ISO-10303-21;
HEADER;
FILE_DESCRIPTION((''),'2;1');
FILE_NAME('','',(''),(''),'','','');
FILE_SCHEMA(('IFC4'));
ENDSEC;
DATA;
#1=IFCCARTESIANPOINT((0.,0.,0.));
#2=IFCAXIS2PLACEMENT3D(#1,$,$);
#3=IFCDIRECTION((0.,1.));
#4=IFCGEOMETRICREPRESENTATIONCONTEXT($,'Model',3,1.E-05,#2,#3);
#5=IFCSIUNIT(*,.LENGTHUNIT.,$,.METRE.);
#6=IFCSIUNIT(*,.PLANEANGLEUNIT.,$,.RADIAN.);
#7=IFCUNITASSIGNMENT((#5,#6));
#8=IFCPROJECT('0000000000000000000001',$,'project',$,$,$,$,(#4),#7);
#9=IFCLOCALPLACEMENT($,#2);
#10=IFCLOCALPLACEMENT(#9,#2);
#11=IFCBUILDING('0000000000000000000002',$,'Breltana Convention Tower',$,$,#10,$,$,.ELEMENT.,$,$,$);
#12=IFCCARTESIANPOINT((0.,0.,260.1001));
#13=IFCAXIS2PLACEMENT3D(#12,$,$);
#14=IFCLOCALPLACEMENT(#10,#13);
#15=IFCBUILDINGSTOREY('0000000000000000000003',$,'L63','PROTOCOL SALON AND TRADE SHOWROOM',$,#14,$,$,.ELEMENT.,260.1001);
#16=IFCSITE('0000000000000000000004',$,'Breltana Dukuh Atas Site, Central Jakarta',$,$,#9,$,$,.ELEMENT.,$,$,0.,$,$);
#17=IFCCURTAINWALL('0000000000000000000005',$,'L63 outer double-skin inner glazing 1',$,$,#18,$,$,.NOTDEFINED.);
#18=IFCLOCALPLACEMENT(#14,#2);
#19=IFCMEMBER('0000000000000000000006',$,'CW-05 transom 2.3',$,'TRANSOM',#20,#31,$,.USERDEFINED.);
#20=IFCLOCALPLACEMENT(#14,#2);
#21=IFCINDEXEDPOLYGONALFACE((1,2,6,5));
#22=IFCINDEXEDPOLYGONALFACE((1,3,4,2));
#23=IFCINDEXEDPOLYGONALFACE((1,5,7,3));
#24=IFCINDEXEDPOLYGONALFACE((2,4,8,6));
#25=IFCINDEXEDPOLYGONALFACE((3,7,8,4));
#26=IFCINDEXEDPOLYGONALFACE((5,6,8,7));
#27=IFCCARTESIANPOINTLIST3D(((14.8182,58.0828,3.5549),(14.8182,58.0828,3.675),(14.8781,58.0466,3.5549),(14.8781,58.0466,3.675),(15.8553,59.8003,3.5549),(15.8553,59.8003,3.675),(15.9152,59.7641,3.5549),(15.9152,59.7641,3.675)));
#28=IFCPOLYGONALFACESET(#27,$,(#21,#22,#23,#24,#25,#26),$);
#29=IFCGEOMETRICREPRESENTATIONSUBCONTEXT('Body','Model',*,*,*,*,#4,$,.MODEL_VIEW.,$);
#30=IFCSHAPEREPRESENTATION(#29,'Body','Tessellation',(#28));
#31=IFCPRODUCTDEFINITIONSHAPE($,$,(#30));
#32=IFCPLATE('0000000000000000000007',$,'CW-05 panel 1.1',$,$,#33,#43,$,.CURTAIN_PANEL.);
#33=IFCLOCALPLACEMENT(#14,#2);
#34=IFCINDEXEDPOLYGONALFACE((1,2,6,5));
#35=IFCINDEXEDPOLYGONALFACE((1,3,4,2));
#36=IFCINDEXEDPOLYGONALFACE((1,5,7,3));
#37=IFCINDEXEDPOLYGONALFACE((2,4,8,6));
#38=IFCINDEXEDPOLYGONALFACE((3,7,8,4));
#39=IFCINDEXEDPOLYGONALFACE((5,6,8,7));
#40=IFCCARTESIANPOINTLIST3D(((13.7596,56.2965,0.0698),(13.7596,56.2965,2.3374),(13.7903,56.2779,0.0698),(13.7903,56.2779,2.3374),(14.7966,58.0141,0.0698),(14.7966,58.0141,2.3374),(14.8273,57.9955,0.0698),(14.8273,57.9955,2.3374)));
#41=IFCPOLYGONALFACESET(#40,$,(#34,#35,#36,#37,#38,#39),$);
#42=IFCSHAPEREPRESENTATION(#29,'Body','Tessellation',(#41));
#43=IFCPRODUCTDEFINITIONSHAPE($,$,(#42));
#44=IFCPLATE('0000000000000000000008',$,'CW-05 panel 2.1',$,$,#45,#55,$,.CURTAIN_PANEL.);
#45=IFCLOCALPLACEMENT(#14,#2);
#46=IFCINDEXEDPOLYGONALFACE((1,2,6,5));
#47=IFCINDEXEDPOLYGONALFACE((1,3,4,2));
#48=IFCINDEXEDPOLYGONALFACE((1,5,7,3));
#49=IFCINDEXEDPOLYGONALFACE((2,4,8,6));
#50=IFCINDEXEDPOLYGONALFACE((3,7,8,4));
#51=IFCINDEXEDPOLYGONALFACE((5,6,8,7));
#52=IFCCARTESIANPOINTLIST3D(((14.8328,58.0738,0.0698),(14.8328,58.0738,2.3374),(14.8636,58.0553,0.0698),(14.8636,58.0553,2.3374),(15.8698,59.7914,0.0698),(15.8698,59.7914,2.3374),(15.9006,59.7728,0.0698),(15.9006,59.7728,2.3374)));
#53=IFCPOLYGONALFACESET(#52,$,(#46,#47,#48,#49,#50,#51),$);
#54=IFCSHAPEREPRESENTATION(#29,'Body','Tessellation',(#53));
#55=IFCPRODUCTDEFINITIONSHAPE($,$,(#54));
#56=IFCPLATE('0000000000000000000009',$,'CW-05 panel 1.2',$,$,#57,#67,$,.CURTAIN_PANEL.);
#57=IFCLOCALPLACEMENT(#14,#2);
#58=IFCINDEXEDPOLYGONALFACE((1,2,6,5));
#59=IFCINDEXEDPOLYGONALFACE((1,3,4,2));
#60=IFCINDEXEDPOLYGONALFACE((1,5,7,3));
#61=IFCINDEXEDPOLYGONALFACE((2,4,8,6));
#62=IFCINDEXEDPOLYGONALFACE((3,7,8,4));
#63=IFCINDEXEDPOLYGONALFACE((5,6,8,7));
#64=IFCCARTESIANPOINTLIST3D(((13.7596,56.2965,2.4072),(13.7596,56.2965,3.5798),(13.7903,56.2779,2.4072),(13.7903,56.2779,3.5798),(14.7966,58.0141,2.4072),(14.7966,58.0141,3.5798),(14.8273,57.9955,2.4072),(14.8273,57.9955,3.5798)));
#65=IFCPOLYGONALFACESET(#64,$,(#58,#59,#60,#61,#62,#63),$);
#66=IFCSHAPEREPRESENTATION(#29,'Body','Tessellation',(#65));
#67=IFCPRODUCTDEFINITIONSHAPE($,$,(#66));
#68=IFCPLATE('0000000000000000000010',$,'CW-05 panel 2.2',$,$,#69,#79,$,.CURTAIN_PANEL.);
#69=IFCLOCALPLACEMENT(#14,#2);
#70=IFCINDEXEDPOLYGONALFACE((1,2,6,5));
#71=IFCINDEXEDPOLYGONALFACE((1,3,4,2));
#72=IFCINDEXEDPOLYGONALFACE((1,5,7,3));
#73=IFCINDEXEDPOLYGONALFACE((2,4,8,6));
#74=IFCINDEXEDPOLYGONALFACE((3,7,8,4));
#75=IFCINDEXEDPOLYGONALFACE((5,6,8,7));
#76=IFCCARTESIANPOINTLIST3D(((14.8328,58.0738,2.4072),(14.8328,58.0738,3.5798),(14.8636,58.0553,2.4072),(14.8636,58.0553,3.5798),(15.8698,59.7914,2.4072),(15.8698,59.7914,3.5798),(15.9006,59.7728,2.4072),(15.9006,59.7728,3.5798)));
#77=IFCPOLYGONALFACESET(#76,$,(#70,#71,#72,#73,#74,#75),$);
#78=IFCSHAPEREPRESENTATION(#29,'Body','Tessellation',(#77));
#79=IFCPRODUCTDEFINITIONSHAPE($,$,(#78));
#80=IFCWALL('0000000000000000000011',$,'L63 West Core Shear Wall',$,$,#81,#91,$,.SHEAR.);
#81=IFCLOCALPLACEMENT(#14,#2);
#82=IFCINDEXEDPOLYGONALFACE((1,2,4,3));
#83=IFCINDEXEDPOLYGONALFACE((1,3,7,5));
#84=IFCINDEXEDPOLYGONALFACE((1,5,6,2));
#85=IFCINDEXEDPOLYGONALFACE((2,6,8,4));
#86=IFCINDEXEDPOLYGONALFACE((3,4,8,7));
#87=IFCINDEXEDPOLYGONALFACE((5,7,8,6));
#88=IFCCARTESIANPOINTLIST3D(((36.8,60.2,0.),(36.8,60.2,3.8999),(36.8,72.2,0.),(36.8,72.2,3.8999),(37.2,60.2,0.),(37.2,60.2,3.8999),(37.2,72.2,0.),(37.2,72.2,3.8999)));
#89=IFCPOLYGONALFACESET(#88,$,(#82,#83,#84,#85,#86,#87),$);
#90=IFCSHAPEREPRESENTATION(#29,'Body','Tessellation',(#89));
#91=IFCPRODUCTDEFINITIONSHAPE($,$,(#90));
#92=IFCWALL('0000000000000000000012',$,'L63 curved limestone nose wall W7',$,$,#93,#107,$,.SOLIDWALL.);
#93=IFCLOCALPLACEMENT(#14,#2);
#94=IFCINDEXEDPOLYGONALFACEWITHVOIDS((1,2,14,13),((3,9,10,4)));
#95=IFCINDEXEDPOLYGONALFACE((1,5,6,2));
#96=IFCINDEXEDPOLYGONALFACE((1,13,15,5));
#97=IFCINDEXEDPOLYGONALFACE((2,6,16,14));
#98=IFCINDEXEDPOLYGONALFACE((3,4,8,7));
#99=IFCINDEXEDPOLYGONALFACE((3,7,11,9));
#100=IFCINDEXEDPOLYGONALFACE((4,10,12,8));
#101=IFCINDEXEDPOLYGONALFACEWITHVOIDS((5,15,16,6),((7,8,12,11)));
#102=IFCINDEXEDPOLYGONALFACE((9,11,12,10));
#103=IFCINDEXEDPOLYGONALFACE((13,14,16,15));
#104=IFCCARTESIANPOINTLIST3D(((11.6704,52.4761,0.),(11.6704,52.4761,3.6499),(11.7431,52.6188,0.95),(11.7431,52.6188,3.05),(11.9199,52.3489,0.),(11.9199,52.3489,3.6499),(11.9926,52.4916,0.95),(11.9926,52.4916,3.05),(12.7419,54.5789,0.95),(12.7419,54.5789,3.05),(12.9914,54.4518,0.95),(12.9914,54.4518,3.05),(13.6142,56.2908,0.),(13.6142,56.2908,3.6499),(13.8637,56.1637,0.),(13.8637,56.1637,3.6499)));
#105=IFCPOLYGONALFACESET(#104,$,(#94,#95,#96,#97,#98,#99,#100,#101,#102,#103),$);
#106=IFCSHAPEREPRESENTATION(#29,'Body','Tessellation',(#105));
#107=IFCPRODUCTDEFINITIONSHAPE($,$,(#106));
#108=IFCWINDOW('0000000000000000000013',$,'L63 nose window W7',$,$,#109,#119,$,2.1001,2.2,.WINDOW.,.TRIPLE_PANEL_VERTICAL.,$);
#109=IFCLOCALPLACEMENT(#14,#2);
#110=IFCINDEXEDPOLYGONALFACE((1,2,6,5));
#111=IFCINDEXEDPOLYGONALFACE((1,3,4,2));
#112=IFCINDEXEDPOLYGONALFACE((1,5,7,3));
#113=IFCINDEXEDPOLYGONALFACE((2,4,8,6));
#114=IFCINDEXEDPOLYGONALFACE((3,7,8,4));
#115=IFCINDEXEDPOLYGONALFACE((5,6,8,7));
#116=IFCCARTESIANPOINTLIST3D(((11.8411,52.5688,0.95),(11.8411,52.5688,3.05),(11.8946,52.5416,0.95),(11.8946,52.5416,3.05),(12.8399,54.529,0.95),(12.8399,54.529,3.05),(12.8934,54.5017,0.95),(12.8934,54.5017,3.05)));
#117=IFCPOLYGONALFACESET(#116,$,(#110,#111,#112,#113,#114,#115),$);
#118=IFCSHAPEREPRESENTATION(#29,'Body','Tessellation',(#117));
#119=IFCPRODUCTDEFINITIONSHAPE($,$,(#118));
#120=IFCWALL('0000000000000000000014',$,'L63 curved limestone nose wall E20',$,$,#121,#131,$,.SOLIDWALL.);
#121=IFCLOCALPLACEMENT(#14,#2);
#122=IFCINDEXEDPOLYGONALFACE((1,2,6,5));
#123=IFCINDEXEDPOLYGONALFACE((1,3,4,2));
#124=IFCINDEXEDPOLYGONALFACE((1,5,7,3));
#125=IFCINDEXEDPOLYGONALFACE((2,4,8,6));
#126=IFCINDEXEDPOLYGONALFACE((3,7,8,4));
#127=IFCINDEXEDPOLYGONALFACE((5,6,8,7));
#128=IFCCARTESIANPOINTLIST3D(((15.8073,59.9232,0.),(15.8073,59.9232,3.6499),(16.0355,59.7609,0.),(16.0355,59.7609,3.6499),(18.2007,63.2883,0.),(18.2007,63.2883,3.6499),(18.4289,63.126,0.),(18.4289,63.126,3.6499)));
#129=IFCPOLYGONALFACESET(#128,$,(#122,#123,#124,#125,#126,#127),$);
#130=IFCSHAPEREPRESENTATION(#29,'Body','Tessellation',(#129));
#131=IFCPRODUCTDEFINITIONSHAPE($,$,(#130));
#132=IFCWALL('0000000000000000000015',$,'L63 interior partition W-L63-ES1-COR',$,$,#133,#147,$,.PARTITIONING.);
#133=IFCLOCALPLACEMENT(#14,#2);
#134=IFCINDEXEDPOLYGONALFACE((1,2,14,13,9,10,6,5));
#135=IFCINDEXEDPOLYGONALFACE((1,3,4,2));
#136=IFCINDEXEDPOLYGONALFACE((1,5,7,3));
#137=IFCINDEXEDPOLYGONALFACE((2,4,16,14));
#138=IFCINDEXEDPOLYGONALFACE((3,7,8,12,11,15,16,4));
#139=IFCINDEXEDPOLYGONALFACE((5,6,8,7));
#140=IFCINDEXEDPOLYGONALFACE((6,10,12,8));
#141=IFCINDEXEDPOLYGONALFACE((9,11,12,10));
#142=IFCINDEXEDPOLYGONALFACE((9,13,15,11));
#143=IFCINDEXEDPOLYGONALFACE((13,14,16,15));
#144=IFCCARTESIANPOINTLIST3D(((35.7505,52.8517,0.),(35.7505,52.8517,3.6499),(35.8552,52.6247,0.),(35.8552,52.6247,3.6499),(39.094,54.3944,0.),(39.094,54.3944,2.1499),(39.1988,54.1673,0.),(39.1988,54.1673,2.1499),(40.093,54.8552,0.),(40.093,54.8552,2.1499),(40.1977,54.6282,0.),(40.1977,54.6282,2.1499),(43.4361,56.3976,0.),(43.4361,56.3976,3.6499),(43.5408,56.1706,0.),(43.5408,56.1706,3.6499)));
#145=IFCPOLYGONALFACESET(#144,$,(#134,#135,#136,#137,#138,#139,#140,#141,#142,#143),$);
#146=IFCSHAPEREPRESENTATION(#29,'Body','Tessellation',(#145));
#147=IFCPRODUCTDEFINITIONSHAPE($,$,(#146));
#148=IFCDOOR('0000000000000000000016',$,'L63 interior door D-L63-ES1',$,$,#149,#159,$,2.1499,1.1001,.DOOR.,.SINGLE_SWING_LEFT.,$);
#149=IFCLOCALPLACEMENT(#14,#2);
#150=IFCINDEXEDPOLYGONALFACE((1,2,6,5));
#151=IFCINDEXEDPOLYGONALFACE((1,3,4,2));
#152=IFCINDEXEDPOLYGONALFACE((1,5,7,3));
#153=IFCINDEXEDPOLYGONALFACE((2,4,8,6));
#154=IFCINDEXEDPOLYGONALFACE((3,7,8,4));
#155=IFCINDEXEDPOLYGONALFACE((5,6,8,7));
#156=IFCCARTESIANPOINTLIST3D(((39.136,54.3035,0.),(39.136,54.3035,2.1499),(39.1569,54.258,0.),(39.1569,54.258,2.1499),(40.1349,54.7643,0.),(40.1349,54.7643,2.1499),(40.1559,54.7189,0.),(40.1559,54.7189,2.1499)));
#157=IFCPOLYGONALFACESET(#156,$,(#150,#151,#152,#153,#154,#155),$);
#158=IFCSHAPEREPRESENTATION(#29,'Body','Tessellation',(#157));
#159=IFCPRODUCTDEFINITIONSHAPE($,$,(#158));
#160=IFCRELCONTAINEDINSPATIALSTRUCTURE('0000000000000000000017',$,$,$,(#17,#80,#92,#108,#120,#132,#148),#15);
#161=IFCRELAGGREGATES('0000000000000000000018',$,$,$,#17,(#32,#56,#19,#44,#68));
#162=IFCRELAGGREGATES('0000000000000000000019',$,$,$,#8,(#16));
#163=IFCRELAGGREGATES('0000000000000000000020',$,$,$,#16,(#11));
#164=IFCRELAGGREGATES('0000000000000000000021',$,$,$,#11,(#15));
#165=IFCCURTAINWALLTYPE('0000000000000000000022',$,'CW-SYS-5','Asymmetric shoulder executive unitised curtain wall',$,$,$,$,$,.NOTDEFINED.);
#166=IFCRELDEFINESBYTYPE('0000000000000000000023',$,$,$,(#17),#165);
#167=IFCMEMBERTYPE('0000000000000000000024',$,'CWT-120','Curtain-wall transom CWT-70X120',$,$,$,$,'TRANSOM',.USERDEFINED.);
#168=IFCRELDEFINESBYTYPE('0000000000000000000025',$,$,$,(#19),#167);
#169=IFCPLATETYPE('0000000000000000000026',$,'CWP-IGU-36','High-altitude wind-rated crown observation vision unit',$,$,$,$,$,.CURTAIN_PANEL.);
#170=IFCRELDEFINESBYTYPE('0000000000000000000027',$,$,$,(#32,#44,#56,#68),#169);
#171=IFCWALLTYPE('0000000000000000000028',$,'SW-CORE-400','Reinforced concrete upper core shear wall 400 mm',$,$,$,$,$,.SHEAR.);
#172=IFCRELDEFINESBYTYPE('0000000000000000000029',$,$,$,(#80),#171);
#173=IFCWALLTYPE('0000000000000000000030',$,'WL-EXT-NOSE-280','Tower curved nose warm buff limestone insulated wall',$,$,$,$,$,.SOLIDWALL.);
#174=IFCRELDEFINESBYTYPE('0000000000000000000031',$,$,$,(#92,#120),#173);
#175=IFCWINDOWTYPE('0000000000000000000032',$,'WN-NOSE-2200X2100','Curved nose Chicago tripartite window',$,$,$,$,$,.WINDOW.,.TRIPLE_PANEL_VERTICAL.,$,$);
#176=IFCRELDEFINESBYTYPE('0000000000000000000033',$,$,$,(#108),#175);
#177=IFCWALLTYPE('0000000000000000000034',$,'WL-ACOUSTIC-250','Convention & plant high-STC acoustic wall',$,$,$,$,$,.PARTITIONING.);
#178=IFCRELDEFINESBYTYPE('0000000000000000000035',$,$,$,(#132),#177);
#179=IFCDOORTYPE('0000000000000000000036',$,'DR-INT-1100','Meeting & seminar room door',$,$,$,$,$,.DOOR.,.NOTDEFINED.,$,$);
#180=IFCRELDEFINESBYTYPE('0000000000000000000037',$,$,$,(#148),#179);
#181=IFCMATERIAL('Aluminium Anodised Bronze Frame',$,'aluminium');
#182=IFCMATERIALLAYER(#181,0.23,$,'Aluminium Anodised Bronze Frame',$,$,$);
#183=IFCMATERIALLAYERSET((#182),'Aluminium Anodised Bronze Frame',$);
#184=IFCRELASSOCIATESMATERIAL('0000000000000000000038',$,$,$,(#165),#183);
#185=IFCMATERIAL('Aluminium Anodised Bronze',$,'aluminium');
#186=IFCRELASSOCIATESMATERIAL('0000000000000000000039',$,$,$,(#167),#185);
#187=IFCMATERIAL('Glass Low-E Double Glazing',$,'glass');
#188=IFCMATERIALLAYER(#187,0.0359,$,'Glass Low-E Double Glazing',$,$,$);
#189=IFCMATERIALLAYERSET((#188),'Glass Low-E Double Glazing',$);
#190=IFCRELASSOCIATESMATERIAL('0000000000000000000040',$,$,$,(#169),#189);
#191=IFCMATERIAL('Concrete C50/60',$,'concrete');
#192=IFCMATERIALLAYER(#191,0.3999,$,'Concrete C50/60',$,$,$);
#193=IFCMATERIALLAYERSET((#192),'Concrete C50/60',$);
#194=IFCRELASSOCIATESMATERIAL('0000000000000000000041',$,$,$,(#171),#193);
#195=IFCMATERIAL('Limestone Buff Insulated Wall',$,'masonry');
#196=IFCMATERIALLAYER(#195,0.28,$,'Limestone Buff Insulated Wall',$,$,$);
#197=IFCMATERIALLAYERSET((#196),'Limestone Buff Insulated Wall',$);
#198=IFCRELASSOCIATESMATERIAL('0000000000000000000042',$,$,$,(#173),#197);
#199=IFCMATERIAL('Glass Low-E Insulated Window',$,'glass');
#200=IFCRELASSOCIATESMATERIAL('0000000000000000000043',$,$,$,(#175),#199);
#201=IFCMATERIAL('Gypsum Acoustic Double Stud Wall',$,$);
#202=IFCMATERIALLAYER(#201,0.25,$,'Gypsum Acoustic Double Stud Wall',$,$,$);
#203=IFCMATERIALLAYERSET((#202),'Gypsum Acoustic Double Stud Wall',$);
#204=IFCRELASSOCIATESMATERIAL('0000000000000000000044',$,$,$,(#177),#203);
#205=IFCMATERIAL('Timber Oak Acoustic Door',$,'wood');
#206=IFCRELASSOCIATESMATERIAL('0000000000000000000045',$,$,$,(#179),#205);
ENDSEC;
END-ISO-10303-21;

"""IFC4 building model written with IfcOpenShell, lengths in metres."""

from ifc_helpers import new_model, si_unit, direction, frame, frame_2d, origin, origin_2d, place, context, subcontext, project, spatial, rectangle, extrude, source, transform, mapped, material, layer, layer_set, material_profile, profile_set, type_object, type_shapes, element, fill, aggregate, save


model = new_model("IFC4")

# Units and contexts
model_context = context("Model", 3, precision=1e-05, world=origin(), true_north=direction((0.0, 1.0)))
body_context = subcontext(model_context, "Body", "Model", "MODEL_VIEW")
ifc_project = project(units=[si_unit("LENGTHUNIT", "METRE"), si_unit("PLANEANGLEUNIT", "RADIAN")], contexts=[model_context])

# Site, building, storey
site_placement = place(None, origin())
site = spatial("IfcSite", under=ifc_project, at=site_placement, Name="Breltana Dukuh Atas Site, Central Jakarta", CompositionType="ELEMENT", RefElevation=0.0)
building_placement = place(site_placement, origin())
building = spatial("IfcBuilding", under=site, at=building_placement, Name="Breltana Convention Tower", CompositionType="ELEMENT")
storey_placement = place(building_placement, frame((0.0, 0.0, 260.1001)))
storey = spatial("IfcBuildingStorey", under=building, at=storey_placement, Name="L63", Description="PROTOCOL SALON AND TRADE SHOWROOM", CompositionType="ELEMENT", Elevation=260.1001)

# Shared definitions
ifc_material_1 = material(Name="Concrete C50/60", Category="concrete")

# Curtain wall, member, plates
ifc_material_2 = material(Name="Aluminium Anodised Bronze Frame", Category="aluminium")
ifc_layer_1 = layer(ifc_material_2, 0.23, Name="Aluminium Anodised Bronze Frame")
ifc_layer_set_1 = layer_set([ifc_layer_1], Name="Aluminium Anodised Bronze Frame")
curtain_wall_type = type_object("IfcCurtainWallType", Name="CW-SYS-5", Description="Asymmetric shoulder executive unitised curtain wall", PredefinedType="NOTDEFINED", material=ifc_layer_set_1)
curtain_wall_placement = place(storey_placement, origin())
curtain_wall = element("IfcCurtainWall", 1, at=curtain_wall_placement, inside=storey, type_object=curtain_wall_type, Name="L63 outer double-skin inner glazing 1", PredefinedType="NOTDEFINED")
ifc_material_3 = material(Name="Aluminium Anodised Bronze", Category="aluminium")
ifc_material_profile_1 = material_profile(ifc_material_3, rectangle(XDim=0.0701, YDim=0.1201, at=origin_2d()), Name="CWT-70X120")
ifc_profile_set_1 = profile_set([ifc_material_profile_1], Name="Aluminium Anodised Bronze")
member_type_1 = type_object("IfcMemberType", Name="CWT-120", Description="Curtain-wall transom CWT-70X120", ElementType="TRANSOM", PredefinedType="USERDEFINED", material=ifc_profile_set_1)
shared_shape_1 = source(origin(), body_context, "Body", "SweptSolid", [
    extrude(rectangle(XDim=0.0701, YDim=0.1201, at=origin_2d()), origin(), (0.0, 0.0, 1.0), 2.0063),
])
member_1_placement = place(storey_placement, frame((14.8481, 58.0647, 3.615), z_axis=(0.516909, 0.85604, 0.0), x_axis=(-0.85604, 0.516909, 0.0)))
member_1 = element("IfcMember", 2, at=member_1_placement, type_object=member_type_1, Name="CW-05 transom 2.3", ObjectType="TRANSOM", PredefinedType="USERDEFINED", context=body_context, shape_type="MappedRepresentation", body=[
    mapped(shared_shape_1, transform((0.0, 0.0, 0.0), scale=1.0)),
])
ifc_material_4 = material(Name="Glass Low-E Double Glazing", Category="glass")
ifc_layer_2 = layer(ifc_material_4, 0.0359, Name="Glass Low-E Double Glazing")
ifc_layer_set_2 = layer_set([ifc_layer_2], Name="Glass Low-E Double Glazing")
plate_type = type_object("IfcPlateType", Name="CWP-IGU-36", Description="High-altitude wind-rated crown observation vision unit", PredefinedType="CURTAIN_PANEL", material=ifc_layer_set_2)
shared_shape_2 = source(origin(), body_context, "Body", "SweptSolid", [
    extrude(rectangle(XDim=2.0063, YDim=0.0359, at=origin_2d()), origin(), (0.0, 0.0, 1.0), 2.2676),
])
plate_1_placement = place(storey_placement, frame((14.2935, 57.146, 0.0698), z_axis=(0.0, 0.0, 1.0), x_axis=(0.516865, 0.856067, 0.0)))
plate_1 = element("IfcPlate", 3, at=plate_1_placement, type_object=plate_type, Name="CW-05 panel 1.1", PredefinedType="CURTAIN_PANEL", context=body_context, shape_type="MappedRepresentation", body=[
    mapped(shared_shape_2, transform((0.0, 0.0, 0.0), scale=1.0)),
])
plate_2_placement = place(storey_placement, frame((15.3667, 58.9233, 0.0698), z_axis=(0.0, 0.0, 1.0), x_axis=(0.516865, 0.856067, 0.0)))
plate_2 = element("IfcPlate", 4, at=plate_2_placement, type_object=plate_type, Name="CW-05 panel 2.1", PredefinedType="CURTAIN_PANEL", context=body_context, shape_type="MappedRepresentation", body=[
    mapped(shared_shape_2, transform((0.0, 0.0, 0.0), scale=1.0)),
])
shared_shape_3 = source(origin(), body_context, "Body", "SweptSolid", [
    extrude(rectangle(XDim=2.0063, YDim=0.0359, at=origin_2d()), origin(), (0.0, 0.0, 1.0), 1.1726),
])
plate_3_placement = place(storey_placement, frame((14.2935, 57.146, 2.4072), z_axis=(0.0, 0.0, 1.0), x_axis=(0.516865, 0.856067, 0.0)))
plate_3 = element("IfcPlate", 5, at=plate_3_placement, type_object=plate_type, Name="CW-05 panel 1.2", PredefinedType="CURTAIN_PANEL", context=body_context, shape_type="MappedRepresentation", body=[
    mapped(shared_shape_3, transform((0.0, 0.0, 0.0), scale=1.0)),
])
plate_4_placement = place(storey_placement, frame((15.3667, 58.9233, 2.4072), z_axis=(0.0, 0.0, 1.0), x_axis=(0.516865, 0.856067, 0.0)))
plate_4 = element("IfcPlate", 6, at=plate_4_placement, type_object=plate_type, Name="CW-05 panel 2.2", PredefinedType="CURTAIN_PANEL", context=body_context, shape_type="MappedRepresentation", body=[
    mapped(shared_shape_3, transform((0.0, 0.0, 0.0), scale=1.0)),
])
aggregate(curtain_wall, [plate_1, plate_3, member_1, plate_2, plate_4])

# Wall
ifc_layer_3 = layer(ifc_material_1, 0.3999, Name="Concrete C50/60")
ifc_layer_set_3 = layer_set([ifc_layer_3], Name="Concrete C50/60")
wall_type_1 = type_object("IfcWallType", Name="SW-CORE-400", Description="Reinforced concrete upper core shear wall 400 mm", PredefinedType="SHEAR", material=ifc_layer_set_3)
shared_shape_4 = source(origin(), body_context, "Body", "SweptSolid", [
    extrude(rectangle(XDim=12.0, YDim=0.3999, at=frame_2d((6.0, 0.0))), origin(), (0.0, 0.0, 1.0), 3.8999),
])
wall_1_placement = place(storey_placement, frame((37.0, 60.2, 0.0), z_axis=(0.0, 0.0, 1.0), x_axis=(0.0, 1.0, 0.0)))
element("IfcWall", 7, at=wall_1_placement, inside=storey, type_object=wall_type_1, Name="L63 West Core Shear Wall", PredefinedType="SHEAR", context=body_context, shape_type="MappedRepresentation", body=[
    mapped(shared_shape_4, transform((0.0, 0.0, 0.0), scale=1.0)),
])

# Wall, opening, window
ifc_material_5 = material(Name="Limestone Buff Insulated Wall", Category="masonry")
ifc_layer_4 = layer(ifc_material_5, 0.28, Name="Limestone Buff Insulated Wall")
ifc_layer_set_4 = layer_set([ifc_layer_4], Name="Limestone Buff Insulated Wall")
wall_type_2 = type_object("IfcWallType", Name="WL-EXT-NOSE-280", Description="Tower curved nose warm buff limestone insulated wall", PredefinedType="SOLIDWALL", material=ifc_layer_set_4)
shared_shape_5 = source(origin(), body_context, "Body", "SweptSolid", [
    extrude(rectangle(XDim=4.2815, YDim=0.28, at=frame_2d((2.1406, 0.0))), origin(), (0.0, 0.0, 1.0), 3.6499),
])
wall_2_placement = place(storey_placement, frame((11.7952, 52.4126, 0.0), z_axis=(0.0, 0.0, 1.0), x_axis=(0.454021, 0.890991, 0.0)))
wall_2 = element("IfcWall", 8, at=wall_2_placement, inside=storey, type_object=wall_type_2, Name="L63 curved limestone nose wall W7", PredefinedType="SOLIDWALL", context=body_context, shape_type="MappedRepresentation", body=[
    mapped(shared_shape_5, transform((0.0, 0.0, 0.0), scale=1.0)),
])
opening_1_placement = place(wall_2_placement, frame((0.1599, 0.0, 0.95)))
opening_1 = element("IfcOpeningElement", 9, at=opening_1_placement, cuts=wall_2, PredefinedType="OPENING", context=body_context, shape_type="SweptSolid", body=[
    extrude(rectangle(XDim=2.2, YDim=2.1001, at=frame_2d((1.1001, 1.05))), frame((0.0, 0.1499, 0.0), z_axis=(0.0, -1.0, 0.0), x_axis=(1.0, 0.0, 0.0)), (0.0, 0.0, 1.0), 0.3),
])
ifc_material_6 = material(Name="Glass Low-E Insulated Window", Category="glass")
window_type = type_object("IfcWindowType", Name="WN-NOSE-2200X2100", Description="Curved nose Chicago tripartite window", PartitioningType="TRIPLE_PANEL_VERTICAL", PredefinedType="WINDOW", material=ifc_material_6)
shared_shape_6 = source(origin(), body_context, "Body", "SweptSolid", [
    extrude(rectangle(XDim=2.2, YDim=2.1001, at=frame_2d((1.1001, 1.05))), frame((0.0, 0.03, 0.0), z_axis=(0.0, -1.0, 0.0), x_axis=(1.0, 0.0, 0.0)), (0.0, 0.0, 1.0), 0.0601),
])
type_shapes(window_type, [shared_shape_6])
window_placement = place(opening_1_placement, origin())
window = element("IfcWindow", 10, at=window_placement, inside=storey, type_object=window_type, Name="L63 nose window W7", OverallHeight=2.1001, OverallWidth=2.2, PartitioningType="TRIPLE_PANEL_VERTICAL", PredefinedType="WINDOW", context=body_context, shape_type="MappedRepresentation", body=[
    mapped(shared_shape_6, transform((0.0, 0.0, 0.0), scale=1.0)),
])
fill(opening_1, window)

# Wall
shared_shape_7 = source(origin(), body_context, "Body", "SweptSolid", [
    extrude(rectangle(XDim=4.1294, YDim=0.28, at=frame_2d((2.0647, 0.0))), origin(), (0.0, 0.0, 1.0), 3.6499),
])
wall_3_placement = place(storey_placement, frame((15.9214, 59.842, 0.0), z_axis=(0.0, 0.0, 1.0), x_axis=(0.579593, 0.814906, 0.0)))
element("IfcWall", 11, at=wall_3_placement, inside=storey, type_object=wall_type_2, Name="L63 curved limestone nose wall E20", PredefinedType="SOLIDWALL", context=body_context, shape_type="MappedRepresentation", body=[
    mapped(shared_shape_7, transform((0.0, 0.0, 0.0), scale=1.0)),
])

# Wall, opening, door
ifc_material_7 = material(Name="Gypsum Acoustic Double Stud Wall")
ifc_layer_5 = layer(ifc_material_7, 0.25, Name="Gypsum Acoustic Double Stud Wall")
ifc_layer_set_5 = layer_set([ifc_layer_5], Name="Gypsum Acoustic Double Stud Wall")
wall_type_3 = type_object("IfcWallType", Name="WL-ACOUSTIC-250", Description="Convention & plant high-STC acoustic wall", PredefinedType="PARTITIONING", material=ifc_layer_set_5)
shared_shape_8 = source(origin(), body_context, "Body", "SweptSolid", [
    extrude(rectangle(XDim=8.4641, YDim=0.25, at=frame_2d((4.2319, 0.0))), origin(), (0.0, 0.0, 1.0), 3.6499),
])
wall_4_placement = place(storey_placement, frame((35.803, 52.7383, 0.0), z_axis=(0.0, 0.0, 1.0), x_axis=(0.908017, 0.418934, 0.0)))
wall_4 = element("IfcWall", 12, at=wall_4_placement, inside=storey, type_object=wall_type_3, Name="L63 interior partition W-L63-ES1-COR", PredefinedType="PARTITIONING", context=body_context, shape_type="MappedRepresentation", body=[
    mapped(shared_shape_8, transform((0.0, 0.0, 0.0), scale=1.0)),
])
opening_2_placement = place(wall_4_placement, frame((3.6821, 0.0, 0.0)))
opening_2 = element("IfcOpeningElement", 13, at=opening_2_placement, cuts=wall_4, PredefinedType="OPENING", context=body_context, shape_type="SweptSolid", body=[
    extrude(rectangle(XDim=1.1001, YDim=2.1499, at=frame_2d((0.55, 1.075))), frame((0.0, 0.135, 0.0), z_axis=(0.0, -1.0, 0.0), x_axis=(1.0, 0.0, 0.0)), (0.0, 0.0, 1.0), 0.27),
])
ifc_material_8 = material(Name="Timber Oak Acoustic Door", Category="wood")
door_type = type_object("IfcDoorType", Name="DR-INT-1100", Description="Meeting & seminar room door", OperationType="NOTDEFINED", PredefinedType="DOOR", material=ifc_material_8)
shared_shape_9 = source(origin(), body_context, "Body", "SweptSolid", [
    extrude(rectangle(XDim=1.1001, YDim=2.1499, at=frame_2d((0.55, 1.075))), frame((0.0, 0.0249, 0.0), z_axis=(0.0, -1.0, 0.0), x_axis=(1.0, 0.0, 0.0)), (0.0, 0.0, 1.0), 0.05),
])
type_shapes(door_type, [shared_shape_9])
door_placement = place(opening_2_placement, origin())
door = element("IfcDoor", 14, at=door_placement, inside=storey, type_object=door_type, Name="L63 interior door D-L63-ES1", OperationType="SINGLE_SWING_LEFT", OverallHeight=2.1499, OverallWidth=1.1001, PredefinedType="DOOR", context=body_context, shape_type="MappedRepresentation", body=[
    mapped(shared_shape_9, transform((0.0, 0.0, 0.0), scale=1.0)),
])
fill(opening_2, door)

save(model, "model.ifc")
